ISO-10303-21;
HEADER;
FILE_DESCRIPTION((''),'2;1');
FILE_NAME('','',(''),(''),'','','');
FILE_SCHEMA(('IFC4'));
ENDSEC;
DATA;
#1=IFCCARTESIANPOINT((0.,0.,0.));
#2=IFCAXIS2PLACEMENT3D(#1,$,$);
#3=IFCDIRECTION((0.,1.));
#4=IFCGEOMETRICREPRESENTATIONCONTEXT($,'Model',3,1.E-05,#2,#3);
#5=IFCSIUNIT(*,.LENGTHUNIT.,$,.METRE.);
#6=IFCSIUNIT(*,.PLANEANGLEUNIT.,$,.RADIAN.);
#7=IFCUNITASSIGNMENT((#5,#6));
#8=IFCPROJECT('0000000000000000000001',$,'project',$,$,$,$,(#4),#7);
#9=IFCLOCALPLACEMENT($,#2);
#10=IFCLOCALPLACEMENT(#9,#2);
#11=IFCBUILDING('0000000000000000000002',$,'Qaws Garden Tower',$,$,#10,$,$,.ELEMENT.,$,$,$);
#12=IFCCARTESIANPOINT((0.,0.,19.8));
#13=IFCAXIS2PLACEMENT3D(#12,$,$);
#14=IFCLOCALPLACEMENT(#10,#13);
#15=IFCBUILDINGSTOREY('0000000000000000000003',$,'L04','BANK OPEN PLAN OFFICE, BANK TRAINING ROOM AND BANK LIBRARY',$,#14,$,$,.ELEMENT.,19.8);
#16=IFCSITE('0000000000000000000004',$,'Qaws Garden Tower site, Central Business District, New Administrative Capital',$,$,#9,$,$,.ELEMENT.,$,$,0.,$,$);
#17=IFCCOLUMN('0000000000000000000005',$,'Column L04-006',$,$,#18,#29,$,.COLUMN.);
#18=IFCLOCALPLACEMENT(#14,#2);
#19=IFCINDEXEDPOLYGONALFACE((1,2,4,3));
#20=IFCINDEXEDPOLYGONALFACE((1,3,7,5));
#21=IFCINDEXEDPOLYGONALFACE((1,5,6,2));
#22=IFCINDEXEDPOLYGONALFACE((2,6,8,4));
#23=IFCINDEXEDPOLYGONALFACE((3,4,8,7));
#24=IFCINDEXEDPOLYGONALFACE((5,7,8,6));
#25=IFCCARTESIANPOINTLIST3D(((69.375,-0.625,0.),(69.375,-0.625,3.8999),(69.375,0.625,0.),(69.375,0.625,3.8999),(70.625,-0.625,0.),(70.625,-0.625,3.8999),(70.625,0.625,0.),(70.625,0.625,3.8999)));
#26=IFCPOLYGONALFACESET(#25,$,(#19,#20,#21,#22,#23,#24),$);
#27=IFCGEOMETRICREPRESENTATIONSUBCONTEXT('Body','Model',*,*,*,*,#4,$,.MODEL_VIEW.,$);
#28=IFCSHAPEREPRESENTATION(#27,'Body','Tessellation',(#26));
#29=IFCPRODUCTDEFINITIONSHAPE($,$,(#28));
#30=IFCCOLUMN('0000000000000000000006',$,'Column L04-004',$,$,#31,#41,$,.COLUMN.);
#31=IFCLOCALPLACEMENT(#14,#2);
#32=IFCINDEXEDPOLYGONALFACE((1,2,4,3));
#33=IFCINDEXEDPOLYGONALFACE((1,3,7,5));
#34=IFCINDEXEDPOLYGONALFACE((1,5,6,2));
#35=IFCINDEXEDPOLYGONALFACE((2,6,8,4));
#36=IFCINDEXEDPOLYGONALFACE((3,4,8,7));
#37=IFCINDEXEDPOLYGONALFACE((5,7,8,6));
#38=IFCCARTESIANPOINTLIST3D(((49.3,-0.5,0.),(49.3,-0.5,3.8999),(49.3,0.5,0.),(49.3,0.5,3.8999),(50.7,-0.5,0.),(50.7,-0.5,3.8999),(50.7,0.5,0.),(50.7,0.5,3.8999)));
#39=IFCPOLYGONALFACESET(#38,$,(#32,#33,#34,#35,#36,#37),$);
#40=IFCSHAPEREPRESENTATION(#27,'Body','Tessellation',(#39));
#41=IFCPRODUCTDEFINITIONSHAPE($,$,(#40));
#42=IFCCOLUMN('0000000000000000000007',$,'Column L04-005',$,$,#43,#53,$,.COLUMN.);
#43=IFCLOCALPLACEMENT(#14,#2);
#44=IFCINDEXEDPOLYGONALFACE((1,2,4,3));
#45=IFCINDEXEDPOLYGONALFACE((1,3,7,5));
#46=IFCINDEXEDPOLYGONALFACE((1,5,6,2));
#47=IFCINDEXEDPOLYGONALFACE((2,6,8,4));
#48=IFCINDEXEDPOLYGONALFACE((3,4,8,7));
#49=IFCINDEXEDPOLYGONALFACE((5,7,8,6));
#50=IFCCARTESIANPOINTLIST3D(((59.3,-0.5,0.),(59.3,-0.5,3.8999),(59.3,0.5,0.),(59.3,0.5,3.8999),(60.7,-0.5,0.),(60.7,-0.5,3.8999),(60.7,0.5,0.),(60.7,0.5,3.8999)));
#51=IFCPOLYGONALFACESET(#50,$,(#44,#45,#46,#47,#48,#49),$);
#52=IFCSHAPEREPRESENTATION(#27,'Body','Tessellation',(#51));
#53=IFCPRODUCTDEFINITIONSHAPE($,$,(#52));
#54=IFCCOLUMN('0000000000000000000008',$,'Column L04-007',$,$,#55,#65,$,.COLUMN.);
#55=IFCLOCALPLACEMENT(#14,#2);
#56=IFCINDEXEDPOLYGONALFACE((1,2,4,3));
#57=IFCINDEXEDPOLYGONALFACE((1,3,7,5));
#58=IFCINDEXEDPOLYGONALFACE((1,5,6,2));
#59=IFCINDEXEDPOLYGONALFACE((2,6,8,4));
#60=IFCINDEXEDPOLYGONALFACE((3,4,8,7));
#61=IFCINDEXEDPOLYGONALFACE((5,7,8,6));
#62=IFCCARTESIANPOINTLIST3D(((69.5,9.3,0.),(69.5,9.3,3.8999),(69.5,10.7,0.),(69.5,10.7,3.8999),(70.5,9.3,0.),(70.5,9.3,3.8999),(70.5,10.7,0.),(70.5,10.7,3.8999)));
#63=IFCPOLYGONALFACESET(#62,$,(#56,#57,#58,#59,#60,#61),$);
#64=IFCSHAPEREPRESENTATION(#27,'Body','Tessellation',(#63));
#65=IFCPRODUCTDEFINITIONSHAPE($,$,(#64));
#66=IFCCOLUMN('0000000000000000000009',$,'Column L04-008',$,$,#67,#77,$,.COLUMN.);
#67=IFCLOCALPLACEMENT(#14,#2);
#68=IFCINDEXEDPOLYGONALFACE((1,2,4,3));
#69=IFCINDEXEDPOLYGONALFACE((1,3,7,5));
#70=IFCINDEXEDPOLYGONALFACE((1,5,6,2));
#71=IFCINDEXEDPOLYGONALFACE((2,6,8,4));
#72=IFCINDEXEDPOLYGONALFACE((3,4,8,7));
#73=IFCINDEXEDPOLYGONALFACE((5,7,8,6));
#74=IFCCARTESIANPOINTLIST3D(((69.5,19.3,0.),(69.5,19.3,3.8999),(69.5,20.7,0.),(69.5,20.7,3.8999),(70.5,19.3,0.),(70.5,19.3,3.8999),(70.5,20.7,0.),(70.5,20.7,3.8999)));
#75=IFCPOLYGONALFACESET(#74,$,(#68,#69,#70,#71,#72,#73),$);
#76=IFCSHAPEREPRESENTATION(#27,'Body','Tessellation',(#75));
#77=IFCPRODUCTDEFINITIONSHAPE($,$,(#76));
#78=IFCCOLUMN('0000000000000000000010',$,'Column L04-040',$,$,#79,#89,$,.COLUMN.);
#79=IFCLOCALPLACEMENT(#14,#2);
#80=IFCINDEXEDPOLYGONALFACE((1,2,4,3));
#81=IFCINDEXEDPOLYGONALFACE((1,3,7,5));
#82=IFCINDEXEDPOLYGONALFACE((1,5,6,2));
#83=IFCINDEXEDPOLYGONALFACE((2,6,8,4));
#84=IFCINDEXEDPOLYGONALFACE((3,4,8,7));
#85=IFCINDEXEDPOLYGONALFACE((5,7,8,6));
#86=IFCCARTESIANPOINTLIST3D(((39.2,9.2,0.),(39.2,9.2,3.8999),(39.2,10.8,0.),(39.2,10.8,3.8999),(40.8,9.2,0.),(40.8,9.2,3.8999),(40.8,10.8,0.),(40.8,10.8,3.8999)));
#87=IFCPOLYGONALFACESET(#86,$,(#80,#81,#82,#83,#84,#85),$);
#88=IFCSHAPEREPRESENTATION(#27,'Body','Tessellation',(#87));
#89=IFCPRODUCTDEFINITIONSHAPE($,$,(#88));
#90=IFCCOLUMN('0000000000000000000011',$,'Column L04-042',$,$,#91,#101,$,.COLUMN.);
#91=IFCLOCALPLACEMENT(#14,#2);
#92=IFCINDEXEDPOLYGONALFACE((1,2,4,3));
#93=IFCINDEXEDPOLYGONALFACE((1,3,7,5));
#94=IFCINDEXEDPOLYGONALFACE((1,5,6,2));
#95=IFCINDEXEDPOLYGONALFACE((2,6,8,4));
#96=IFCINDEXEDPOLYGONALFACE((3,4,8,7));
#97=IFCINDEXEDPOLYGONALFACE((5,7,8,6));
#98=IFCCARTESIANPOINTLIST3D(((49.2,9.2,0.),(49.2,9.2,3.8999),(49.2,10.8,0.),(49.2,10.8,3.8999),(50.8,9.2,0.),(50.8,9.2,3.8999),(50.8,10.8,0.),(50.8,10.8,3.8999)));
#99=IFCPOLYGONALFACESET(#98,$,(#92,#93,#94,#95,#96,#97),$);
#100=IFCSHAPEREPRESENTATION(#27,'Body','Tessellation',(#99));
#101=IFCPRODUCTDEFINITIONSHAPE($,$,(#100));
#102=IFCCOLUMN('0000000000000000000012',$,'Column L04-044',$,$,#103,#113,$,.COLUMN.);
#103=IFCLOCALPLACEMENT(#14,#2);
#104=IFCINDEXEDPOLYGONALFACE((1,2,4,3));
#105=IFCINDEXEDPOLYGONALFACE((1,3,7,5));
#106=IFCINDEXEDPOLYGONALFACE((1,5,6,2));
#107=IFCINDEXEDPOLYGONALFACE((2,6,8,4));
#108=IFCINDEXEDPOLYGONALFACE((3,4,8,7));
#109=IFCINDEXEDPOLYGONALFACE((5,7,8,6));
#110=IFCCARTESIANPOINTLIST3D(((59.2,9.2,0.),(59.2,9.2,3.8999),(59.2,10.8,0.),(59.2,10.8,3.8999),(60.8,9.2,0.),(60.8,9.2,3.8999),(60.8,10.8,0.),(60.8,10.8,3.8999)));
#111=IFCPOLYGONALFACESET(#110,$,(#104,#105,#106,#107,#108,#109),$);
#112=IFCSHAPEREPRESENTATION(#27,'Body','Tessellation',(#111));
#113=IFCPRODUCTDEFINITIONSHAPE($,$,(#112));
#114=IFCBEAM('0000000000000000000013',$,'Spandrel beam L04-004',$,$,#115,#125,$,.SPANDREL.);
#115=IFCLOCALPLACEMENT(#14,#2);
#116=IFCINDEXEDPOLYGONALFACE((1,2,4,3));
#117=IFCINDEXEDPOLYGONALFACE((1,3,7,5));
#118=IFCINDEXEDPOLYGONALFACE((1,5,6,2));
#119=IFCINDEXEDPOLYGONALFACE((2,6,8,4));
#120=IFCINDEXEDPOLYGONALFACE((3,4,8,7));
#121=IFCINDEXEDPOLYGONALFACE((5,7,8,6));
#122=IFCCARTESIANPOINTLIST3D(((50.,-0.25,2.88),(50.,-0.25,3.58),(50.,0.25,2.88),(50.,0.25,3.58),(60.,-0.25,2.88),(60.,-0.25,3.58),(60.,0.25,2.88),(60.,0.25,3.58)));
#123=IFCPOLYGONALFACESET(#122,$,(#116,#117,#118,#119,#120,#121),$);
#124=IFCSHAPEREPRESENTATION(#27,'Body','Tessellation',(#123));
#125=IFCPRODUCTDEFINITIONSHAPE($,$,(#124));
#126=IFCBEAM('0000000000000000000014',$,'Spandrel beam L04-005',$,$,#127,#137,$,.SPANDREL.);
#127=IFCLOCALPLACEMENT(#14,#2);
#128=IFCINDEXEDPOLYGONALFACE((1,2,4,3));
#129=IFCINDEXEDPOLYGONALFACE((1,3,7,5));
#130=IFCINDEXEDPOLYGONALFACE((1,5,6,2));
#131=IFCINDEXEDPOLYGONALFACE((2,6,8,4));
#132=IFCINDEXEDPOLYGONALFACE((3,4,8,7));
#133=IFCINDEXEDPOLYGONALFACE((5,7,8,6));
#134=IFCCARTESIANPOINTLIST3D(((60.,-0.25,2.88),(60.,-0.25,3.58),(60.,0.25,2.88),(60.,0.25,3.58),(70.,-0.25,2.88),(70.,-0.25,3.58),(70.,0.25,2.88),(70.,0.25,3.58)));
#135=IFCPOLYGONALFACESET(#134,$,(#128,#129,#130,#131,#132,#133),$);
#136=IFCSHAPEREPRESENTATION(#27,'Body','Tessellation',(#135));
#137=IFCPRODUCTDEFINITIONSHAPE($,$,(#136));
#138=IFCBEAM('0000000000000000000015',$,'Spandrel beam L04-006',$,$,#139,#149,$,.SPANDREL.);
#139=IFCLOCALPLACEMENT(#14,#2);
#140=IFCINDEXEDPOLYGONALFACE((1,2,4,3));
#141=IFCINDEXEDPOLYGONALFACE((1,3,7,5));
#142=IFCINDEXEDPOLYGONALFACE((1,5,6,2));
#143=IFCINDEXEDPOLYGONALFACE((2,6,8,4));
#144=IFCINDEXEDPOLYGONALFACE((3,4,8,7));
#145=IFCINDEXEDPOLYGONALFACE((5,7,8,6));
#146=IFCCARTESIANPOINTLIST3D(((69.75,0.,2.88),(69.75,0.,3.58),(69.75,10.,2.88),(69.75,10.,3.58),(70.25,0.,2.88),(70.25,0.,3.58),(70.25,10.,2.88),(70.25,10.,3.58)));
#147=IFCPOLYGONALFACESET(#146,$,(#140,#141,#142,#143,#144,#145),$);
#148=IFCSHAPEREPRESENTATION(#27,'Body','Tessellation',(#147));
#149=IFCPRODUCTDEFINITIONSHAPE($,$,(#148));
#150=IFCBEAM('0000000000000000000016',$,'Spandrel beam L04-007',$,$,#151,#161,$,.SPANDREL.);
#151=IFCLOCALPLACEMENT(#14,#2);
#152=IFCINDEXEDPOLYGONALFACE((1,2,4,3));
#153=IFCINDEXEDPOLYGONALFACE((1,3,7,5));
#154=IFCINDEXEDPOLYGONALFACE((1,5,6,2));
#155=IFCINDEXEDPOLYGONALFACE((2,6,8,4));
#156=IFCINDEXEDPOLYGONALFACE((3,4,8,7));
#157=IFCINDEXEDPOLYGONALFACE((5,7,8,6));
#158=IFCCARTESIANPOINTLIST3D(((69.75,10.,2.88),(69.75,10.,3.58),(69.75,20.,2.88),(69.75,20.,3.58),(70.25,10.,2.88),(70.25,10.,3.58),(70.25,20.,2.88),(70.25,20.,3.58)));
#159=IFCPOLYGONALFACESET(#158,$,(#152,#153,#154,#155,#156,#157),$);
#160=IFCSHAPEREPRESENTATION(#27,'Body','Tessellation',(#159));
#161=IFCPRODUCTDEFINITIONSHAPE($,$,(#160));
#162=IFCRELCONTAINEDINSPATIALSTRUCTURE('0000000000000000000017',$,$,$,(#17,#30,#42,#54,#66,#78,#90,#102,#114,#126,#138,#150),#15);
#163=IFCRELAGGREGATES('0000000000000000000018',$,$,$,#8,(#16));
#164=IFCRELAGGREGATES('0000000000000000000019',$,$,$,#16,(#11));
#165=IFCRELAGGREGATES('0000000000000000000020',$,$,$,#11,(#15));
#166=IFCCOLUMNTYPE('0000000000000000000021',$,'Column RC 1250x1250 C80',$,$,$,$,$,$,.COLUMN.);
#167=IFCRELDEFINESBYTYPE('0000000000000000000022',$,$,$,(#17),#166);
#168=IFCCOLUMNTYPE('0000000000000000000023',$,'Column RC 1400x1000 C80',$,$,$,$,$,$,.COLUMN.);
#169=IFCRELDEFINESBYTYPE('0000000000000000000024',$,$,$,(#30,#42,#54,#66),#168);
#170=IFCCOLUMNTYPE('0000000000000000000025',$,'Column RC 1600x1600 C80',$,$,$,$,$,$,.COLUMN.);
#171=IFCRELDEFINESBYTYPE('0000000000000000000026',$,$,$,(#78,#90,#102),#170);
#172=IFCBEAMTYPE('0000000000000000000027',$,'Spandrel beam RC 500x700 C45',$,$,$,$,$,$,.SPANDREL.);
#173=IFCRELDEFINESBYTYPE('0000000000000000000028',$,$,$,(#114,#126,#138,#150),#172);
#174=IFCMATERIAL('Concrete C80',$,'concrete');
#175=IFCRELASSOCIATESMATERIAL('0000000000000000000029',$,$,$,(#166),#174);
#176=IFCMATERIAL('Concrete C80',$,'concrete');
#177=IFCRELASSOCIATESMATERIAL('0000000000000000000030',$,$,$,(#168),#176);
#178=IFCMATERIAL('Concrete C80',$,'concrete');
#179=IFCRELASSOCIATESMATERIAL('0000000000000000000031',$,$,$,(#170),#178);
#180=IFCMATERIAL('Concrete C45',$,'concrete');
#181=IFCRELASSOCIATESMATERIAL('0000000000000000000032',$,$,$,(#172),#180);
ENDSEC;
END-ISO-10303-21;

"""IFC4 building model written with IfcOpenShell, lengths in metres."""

from ifc_helpers import new_model, si_unit, direction, frame, origin, origin_2d, place, context, subcontext, project, spatial, rectangle, extrude, material, material_profile, profile_set, type_object, element, save


model = new_model("IFC4")

# Units and contexts
model_context = context("Model", 3, precision=1e-05, world=origin(), true_north=direction((0.0, 1.0)))
body_context = subcontext(model_context, "Body", "Model", "MODEL_VIEW")
ifc_project = project(units=[si_unit("LENGTHUNIT", "METRE"), si_unit("PLANEANGLEUNIT", "RADIAN")], contexts=[model_context])

# Site, building, storey
site_placement = place(None, origin())
site = spatial("IfcSite", under=ifc_project, at=site_placement, Name="Qaws Garden Tower site, Central Business District, New Administrative Capital", CompositionType="ELEMENT", RefElevation=0.0)
building_placement = place(site_placement, origin())
building = spatial("IfcBuilding", under=site, at=building_placement, Name="Qaws Garden Tower", CompositionType="ELEMENT")
storey_placement = place(building_placement, frame((0.0, 0.0, 19.8)))
storey = spatial("IfcBuildingStorey", under=building, at=storey_placement, Name="L04", Description="BANK OPEN PLAN OFFICE, BANK TRAINING ROOM AND BANK LIBRARY", CompositionType="ELEMENT", Elevation=19.8)

# Columns
ifc_material_1 = material(Name="Concrete C80", Category="concrete")
ifc_material_profile_1 = material_profile(ifc_material_1, rectangle(XDim=1.25, YDim=1.25, at=origin_2d()), Name="RC 1250x1250")
ifc_profile_set_1 = profile_set([ifc_material_profile_1], Name="Concrete C80")
column_type_1 = type_object("IfcColumnType", Name="Column RC 1250x1250 C80", PredefinedType="COLUMN", material=ifc_profile_set_1)
column_placement = place(storey_placement, frame((70.0, 0.0, 0.0), z_axis=(0.0, 0.0, 1.0), x_axis=(1.0, 0.0, 0.0)))
element("IfcColumn", 1, at=column_placement, inside=storey, type_object=column_type_1, Name="Column L04-006", PredefinedType="COLUMN", context=body_context, shape_type="SweptSolid", body=[
    extrude(rectangle(XDim=1.25, YDim=1.25, at=origin_2d()), origin(), (0.0, 0.0, 1.0), 3.8999),
])
ifc_material_2 = material(Name="Concrete C80", Category="concrete")
ifc_material_profile_2 = material_profile(ifc_material_2, rectangle(XDim=1.3999, YDim=1.0, at=origin_2d()), Name="RC 1400x1000")
ifc_profile_set_2 = profile_set([ifc_material_profile_2], Name="Concrete C80")
column_type_2 = type_object("IfcColumnType", Name="Column RC 1400x1000 C80", PredefinedType="COLUMN", material=ifc_profile_set_2)
for number, where, z_axis, x_axis, name in (
    (2, (50.0, 0.0, 0.0), (0.0, 0.0, 1.0), (1.0, 0.0, 0.0), "Column L04-004"),
    (3, (60.0, 0.0, 0.0), (0.0, 0.0, 1.0), (1.0, 0.0, 0.0), "Column L04-005"),
    (4, (70.0, 10.0, 0.0), (0.0, 0.0, 1.0), (0.0, 1.0, 0.0), "Column L04-007"),
    (5, (70.0, 20.0, 0.0), (0.0, 0.0, 1.0), (0.0, 1.0, 0.0), "Column L04-008"),
):
    element("IfcColumn", number, at=place(storey_placement, frame(where, z_axis=z_axis, x_axis=x_axis)), inside=storey, type_object=column_type_2, Name=name, PredefinedType="COLUMN", context=body_context, shape_type="SweptSolid", body=[
        extrude(rectangle(XDim=1.3999, YDim=1.0, at=origin_2d()), origin(), (0.0, 0.0, 1.0), 3.8999),
    ])
ifc_material_3 = material(Name="Concrete C80", Category="concrete")
ifc_material_profile_3 = material_profile(ifc_material_3, rectangle(XDim=1.6001, YDim=1.6001, at=origin_2d()), Name="RC 1600x1600")
ifc_profile_set_3 = profile_set([ifc_material_profile_3], Name="Concrete C80")
column_type_3 = type_object("IfcColumnType", Name="Column RC 1600x1600 C80", PredefinedType="COLUMN", material=ifc_profile_set_3)
for number, where, z_axis, x_axis, name in (
    (6, (40.0, 10.0, 0.0), (0.0, 0.0, 1.0), (1.0, 0.0, 0.0), "Column L04-040"),
    (7, (50.0, 10.0, 0.0), (0.0, 0.0, 1.0), (1.0, 0.0, 0.0), "Column L04-042"),
    (8, (60.0, 10.0, 0.0), (0.0, 0.0, 1.0), (1.0, 0.0, 0.0), "Column L04-044"),
):
    element("IfcColumn", number, at=place(storey_placement, frame(where, z_axis=z_axis, x_axis=x_axis)), inside=storey, type_object=column_type_3, Name=name, PredefinedType="COLUMN", context=body_context, shape_type="SweptSolid", body=[
        extrude(rectangle(XDim=1.6001, YDim=1.6001, at=origin_2d()), origin(), (0.0, 0.0, 1.0), 3.8999),
    ])

# Beams
ifc_material_4 = material(Name="Concrete C45", Category="concrete")
ifc_material_profile_4 = material_profile(ifc_material_4, rectangle(XDim=0.5, YDim=0.7, at=origin_2d()), Name="RC 500x700")
ifc_profile_set_4 = profile_set([ifc_material_profile_4], Name="Concrete C45")
beam_type = type_object("IfcBeamType", Name="Spandrel beam RC 500x700 C45", PredefinedType="SPANDREL", material=ifc_profile_set_4)
for number, where, z_axis, x_axis, name in (
    (9, (50.0, 0.0, 3.23), (1.0, 0.0, 0.0), (0.0, 1.0, 0.0), "Spandrel beam L04-004"),
    (10, (60.0, 0.0, 3.23), (1.0, 0.0, 0.0), (0.0, 1.0, 0.0), "Spandrel beam L04-005"),
    (11, (70.0, 0.0, 3.23), (0.0, 1.0, 0.0), (-1.0, 0.0, 0.0), "Spandrel beam L04-006"),
    (12, (70.0, 10.0, 3.23), (0.0, 1.0, 0.0), (-1.0, 0.0, 0.0), "Spandrel beam L04-007"),
):
    element("IfcBeam", number, at=place(storey_placement, frame(where, z_axis=z_axis, x_axis=x_axis)), inside=storey, type_object=beam_type, Name=name, PredefinedType="SPANDREL", context=body_context, shape_type="SweptSolid", body=[
        extrude(rectangle(XDim=0.5, YDim=0.7, at=origin_2d()), origin(), (0.0, 0.0, 1.0), 10.0),
    ])

save(model, "model.ifc")
